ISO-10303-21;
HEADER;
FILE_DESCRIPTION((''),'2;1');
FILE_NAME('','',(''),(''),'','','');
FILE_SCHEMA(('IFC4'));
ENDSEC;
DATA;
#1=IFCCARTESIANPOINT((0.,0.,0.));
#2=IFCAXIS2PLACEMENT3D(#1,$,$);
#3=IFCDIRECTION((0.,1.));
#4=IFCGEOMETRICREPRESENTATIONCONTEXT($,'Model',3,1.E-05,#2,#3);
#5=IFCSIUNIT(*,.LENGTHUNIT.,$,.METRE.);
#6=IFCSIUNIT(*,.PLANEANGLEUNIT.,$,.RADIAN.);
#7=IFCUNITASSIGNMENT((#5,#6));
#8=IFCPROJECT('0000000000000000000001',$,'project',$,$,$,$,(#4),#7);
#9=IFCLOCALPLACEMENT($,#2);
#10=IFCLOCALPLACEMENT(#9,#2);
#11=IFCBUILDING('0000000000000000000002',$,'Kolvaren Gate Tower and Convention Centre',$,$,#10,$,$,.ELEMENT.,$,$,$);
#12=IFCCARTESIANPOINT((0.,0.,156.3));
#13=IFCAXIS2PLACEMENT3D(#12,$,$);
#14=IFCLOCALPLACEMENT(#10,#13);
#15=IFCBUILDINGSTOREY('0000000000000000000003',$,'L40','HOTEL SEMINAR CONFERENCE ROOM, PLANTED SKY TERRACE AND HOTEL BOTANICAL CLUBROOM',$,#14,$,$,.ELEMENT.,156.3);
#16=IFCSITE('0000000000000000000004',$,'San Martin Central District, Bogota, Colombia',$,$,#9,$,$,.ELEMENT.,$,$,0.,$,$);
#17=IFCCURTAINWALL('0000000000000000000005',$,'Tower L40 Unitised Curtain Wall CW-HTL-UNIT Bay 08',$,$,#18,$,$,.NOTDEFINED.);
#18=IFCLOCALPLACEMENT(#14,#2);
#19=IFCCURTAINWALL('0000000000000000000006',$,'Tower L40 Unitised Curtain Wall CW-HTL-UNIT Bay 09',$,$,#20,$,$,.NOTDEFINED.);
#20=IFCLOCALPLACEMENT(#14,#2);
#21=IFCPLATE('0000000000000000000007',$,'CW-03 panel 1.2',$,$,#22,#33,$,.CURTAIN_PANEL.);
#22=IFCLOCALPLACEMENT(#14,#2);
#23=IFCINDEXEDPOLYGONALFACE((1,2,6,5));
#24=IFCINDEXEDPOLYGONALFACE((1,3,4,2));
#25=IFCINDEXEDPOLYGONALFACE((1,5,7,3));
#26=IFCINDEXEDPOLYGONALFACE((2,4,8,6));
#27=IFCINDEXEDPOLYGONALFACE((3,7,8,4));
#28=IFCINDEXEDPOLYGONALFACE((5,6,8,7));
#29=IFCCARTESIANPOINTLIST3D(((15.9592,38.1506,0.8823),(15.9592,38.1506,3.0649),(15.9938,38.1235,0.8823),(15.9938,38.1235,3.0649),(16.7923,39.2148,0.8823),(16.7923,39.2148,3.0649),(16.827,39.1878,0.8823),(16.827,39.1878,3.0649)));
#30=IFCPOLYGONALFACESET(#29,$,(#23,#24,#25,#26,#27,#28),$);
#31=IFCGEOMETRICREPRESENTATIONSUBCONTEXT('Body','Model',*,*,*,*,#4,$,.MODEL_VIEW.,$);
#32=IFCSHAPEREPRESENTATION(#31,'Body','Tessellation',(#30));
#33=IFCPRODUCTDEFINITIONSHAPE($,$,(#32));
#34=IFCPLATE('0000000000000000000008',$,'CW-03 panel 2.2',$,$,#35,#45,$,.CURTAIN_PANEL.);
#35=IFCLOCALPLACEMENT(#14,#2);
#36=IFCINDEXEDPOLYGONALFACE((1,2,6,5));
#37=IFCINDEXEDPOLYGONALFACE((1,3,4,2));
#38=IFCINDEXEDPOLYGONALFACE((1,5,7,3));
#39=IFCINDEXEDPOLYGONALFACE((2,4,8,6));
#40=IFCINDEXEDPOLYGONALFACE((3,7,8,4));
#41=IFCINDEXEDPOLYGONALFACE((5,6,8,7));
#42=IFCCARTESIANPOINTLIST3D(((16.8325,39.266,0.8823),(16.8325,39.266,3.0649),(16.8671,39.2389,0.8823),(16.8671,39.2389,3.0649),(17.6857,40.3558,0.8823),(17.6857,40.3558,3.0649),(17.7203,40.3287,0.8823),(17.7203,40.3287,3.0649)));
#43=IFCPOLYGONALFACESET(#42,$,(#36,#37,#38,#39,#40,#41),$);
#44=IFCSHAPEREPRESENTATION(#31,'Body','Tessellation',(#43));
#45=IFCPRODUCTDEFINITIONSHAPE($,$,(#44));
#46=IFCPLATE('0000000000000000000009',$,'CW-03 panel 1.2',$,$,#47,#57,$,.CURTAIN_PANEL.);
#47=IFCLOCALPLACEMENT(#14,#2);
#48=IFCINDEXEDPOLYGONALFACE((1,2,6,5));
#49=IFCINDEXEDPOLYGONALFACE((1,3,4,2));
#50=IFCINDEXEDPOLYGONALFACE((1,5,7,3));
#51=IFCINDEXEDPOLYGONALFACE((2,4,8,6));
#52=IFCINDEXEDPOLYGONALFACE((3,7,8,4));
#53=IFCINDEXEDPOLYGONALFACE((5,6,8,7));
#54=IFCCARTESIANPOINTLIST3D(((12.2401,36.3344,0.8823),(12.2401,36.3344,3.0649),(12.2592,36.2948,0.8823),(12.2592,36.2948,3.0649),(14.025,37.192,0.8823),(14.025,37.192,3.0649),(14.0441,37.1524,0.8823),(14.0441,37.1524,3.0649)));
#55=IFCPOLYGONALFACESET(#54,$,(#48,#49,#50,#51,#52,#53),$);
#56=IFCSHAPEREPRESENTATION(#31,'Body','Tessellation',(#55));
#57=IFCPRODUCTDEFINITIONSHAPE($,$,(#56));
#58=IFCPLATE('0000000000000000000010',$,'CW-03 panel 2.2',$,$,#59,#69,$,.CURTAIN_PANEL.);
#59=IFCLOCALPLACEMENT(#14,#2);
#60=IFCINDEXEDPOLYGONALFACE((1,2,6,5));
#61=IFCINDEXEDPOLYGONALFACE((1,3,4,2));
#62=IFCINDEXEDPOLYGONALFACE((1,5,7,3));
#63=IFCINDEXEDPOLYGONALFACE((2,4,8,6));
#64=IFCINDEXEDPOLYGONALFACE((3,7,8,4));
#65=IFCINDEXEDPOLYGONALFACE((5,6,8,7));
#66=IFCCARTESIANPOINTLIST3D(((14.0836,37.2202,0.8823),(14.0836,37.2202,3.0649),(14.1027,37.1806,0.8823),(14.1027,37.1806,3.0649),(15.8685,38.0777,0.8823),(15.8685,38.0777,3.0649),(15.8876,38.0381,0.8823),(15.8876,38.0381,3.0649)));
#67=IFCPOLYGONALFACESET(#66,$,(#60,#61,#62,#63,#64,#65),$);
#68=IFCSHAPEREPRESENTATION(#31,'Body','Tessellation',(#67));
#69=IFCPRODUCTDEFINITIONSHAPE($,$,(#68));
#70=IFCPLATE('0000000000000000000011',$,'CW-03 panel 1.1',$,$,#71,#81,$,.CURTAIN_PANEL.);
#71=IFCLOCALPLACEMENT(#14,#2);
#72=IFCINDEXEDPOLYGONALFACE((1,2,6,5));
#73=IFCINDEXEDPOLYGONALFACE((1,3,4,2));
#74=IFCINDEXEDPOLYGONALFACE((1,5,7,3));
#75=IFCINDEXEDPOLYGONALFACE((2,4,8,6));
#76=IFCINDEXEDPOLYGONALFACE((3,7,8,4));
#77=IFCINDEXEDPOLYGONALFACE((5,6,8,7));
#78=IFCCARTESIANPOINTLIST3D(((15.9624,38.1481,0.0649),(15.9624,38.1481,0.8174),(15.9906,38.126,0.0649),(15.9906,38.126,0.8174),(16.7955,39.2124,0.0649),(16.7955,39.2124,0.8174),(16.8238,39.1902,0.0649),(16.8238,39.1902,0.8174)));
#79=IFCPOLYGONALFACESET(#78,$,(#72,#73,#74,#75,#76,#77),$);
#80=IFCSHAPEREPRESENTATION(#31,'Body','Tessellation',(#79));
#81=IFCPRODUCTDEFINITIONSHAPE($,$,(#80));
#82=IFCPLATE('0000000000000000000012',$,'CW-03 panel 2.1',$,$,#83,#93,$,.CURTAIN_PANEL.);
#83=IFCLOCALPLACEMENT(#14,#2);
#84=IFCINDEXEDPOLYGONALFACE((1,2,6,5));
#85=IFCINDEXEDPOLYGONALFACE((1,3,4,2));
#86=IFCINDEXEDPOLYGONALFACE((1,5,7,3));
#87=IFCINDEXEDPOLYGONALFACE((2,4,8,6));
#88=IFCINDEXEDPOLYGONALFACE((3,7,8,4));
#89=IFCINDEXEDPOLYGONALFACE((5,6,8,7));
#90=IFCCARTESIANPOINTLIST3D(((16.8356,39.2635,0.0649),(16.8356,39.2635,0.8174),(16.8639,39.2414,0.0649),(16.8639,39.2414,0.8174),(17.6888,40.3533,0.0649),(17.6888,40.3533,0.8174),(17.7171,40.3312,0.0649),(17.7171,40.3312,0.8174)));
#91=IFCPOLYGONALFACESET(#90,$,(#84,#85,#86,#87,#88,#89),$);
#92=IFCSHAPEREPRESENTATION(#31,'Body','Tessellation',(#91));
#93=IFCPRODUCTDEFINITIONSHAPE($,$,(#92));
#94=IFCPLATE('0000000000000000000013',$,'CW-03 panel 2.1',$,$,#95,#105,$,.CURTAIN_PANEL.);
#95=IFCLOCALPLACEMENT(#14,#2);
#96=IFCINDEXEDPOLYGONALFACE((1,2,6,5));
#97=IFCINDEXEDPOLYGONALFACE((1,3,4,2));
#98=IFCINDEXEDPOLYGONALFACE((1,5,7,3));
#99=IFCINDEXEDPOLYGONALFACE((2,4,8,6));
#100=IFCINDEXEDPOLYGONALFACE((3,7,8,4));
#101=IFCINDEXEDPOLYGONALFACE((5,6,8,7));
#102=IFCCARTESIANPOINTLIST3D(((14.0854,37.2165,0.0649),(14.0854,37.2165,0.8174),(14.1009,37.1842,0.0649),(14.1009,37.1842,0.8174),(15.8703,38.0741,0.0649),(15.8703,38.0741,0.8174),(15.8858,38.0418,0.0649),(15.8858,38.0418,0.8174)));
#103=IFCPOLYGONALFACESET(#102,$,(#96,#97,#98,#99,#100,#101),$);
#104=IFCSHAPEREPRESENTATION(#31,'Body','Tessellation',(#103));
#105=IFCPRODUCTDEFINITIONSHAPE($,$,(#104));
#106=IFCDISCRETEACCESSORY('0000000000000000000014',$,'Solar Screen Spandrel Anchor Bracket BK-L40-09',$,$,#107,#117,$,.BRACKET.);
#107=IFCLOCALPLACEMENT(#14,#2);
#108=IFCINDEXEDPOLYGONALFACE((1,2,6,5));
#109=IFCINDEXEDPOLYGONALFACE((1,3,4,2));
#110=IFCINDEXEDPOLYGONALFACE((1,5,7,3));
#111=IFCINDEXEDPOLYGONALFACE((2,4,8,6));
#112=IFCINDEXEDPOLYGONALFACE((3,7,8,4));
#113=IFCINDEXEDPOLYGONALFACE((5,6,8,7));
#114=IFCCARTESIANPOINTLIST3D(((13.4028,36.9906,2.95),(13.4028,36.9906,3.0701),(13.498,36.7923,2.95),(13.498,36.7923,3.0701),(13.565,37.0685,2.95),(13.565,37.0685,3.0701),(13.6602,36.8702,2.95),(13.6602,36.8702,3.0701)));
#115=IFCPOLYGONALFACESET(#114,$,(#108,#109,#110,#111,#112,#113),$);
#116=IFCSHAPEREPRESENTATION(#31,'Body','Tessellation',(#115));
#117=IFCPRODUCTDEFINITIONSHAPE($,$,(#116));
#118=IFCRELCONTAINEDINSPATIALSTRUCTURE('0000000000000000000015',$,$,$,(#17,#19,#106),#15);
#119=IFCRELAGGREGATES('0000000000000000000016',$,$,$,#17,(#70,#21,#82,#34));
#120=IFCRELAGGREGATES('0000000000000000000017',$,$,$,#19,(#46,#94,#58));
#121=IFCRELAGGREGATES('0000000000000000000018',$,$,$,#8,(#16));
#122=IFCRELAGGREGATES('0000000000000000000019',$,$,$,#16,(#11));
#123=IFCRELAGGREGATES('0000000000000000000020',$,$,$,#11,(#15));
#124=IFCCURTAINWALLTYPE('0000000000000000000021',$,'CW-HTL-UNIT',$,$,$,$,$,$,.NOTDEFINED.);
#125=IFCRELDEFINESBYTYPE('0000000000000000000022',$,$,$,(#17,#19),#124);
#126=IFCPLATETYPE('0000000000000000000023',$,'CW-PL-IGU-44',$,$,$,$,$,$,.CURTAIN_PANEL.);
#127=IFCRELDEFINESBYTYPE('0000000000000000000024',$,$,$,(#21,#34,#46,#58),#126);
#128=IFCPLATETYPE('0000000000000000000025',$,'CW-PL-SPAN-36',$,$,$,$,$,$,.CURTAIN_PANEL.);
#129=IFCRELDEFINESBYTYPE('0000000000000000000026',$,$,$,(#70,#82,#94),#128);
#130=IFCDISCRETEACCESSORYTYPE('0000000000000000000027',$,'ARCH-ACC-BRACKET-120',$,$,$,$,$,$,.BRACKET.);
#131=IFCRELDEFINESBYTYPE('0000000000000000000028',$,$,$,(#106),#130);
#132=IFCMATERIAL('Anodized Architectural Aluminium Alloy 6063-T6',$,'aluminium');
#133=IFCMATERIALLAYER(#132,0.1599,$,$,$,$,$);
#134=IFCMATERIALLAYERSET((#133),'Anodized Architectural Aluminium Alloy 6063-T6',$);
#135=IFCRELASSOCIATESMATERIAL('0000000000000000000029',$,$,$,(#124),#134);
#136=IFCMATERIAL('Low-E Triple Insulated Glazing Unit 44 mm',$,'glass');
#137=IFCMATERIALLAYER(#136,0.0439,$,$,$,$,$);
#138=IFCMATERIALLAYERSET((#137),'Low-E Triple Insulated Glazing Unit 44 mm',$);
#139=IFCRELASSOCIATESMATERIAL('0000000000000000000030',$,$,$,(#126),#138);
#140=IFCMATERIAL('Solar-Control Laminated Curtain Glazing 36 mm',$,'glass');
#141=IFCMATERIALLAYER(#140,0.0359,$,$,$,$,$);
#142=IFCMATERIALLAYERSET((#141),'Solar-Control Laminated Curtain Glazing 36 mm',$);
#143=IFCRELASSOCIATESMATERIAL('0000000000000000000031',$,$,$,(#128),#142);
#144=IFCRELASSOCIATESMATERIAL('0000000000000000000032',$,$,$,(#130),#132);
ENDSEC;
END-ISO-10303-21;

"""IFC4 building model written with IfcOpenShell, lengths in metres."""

from ifc_helpers import new_model, si_unit, direction, frame, origin, origin_2d, place, context, subcontext, project, spatial, rectangle, extrude, material, layer, layer_set, type_object, element, aggregate, save


model = new_model("IFC4")

# Units and contexts
model_context = context("Model", 3, precision=1e-05, world=origin(), true_north=direction((0.0, 1.0)))
body_context = subcontext(model_context, "Body", "Model", "MODEL_VIEW")
ifc_project = project(units=[si_unit("LENGTHUNIT", "METRE"), si_unit("PLANEANGLEUNIT", "RADIAN")], contexts=[model_context])

# Site, building, storey
site_placement = place(None, origin())
site = spatial("IfcSite", under=ifc_project, at=site_placement, Name="San Martin Central District, Bogota, Colombia", CompositionType="ELEMENT", RefElevation=0.0)
building_placement = place(site_placement, origin())
building = spatial("IfcBuilding", under=site, at=building_placement, Name="Kolvaren Gate Tower and Convention Centre", CompositionType="ELEMENT")
storey_placement = place(building_placement, frame((0.0, 0.0, 156.3)))
storey = spatial("IfcBuildingStorey", under=building, at=storey_placement, Name="L40", Description="HOTEL SEMINAR CONFERENCE ROOM, PLANTED SKY TERRACE AND HOTEL BOTANICAL CLUBROOM", CompositionType="ELEMENT", Elevation=156.3)

# Curtain walls
ifc_material_1 = material(Name="Anodized Architectural Aluminium Alloy 6063-T6", Category="aluminium")
ifc_layer_1 = layer(ifc_material_1, 0.1599)
ifc_layer_set_1 = layer_set([ifc_layer_1], Name="Anodized Architectural Aluminium Alloy 6063-T6")
curtain_wall_type = type_object("IfcCurtainWallType", Name="CW-HTL-UNIT", PredefinedType="NOTDEFINED", material=ifc_layer_set_1)
curtain_wall_1_placement = place(storey_placement, origin())
curtain_wall_1 = element("IfcCurtainWall", 1, at=curtain_wall_1_placement, inside=storey, type_object=curtain_wall_type, Name="Tower L40 Unitised Curtain Wall CW-HTL-UNIT Bay 08", PredefinedType="NOTDEFINED")
curtain_wall_2_placement = place(storey_placement, origin())
curtain_wall_2 = element("IfcCurtainWall", 2, at=curtain_wall_2_placement, inside=storey, type_object=curtain_wall_type, Name="Tower L40 Unitised Curtain Wall CW-HTL-UNIT Bay 09", PredefinedType="NOTDEFINED")

# Plates
ifc_material_2 = material(Name="Low-E Triple Insulated Glazing Unit 44 mm", Category="glass")
ifc_layer_2 = layer(ifc_material_2, 0.0439)
ifc_layer_set_2 = layer_set([ifc_layer_2], Name="Low-E Triple Insulated Glazing Unit 44 mm")
plate_type_1 = type_object("IfcPlateType", Name="CW-PL-IGU-44", PredefinedType="CURTAIN_PANEL", material=ifc_layer_set_2)
plate_1_placement = place(storey_placement, frame((16.3931, 38.6692, 0.8823), z_axis=(0.0, 0.0, 1.0), x_axis=(0.616449, 0.787395, 0.0)))
plate_1 = element("IfcPlate", 3, at=plate_1_placement, type_object=plate_type_1, Name="CW-03 panel 1.2", PredefinedType="CURTAIN_PANEL", context=body_context, shape_type="SweptSolid", body=[
    extrude(rectangle(XDim=1.3516, YDim=0.0439, at=origin_2d()), origin(), (0.0, 0.0, 1.0), 2.1826),
])
plate_2_placement = place(storey_placement, frame((17.2764, 39.7974, 0.8823), z_axis=(0.0, 0.0, 1.0), x_axis=(0.616449, 0.787395, 0.0)))
plate_2 = element("IfcPlate", 4, at=plate_2_placement, type_object=plate_type_1, Name="CW-03 panel 2.2", PredefinedType="CURTAIN_PANEL", context=body_context, shape_type="SweptSolid", body=[
    extrude(rectangle(XDim=1.384, YDim=0.0439, at=origin_2d()), origin(), (0.0, 0.0, 1.0), 2.1826),
])
plate_3_placement = place(storey_placement, frame((13.1421, 36.7434, 0.8823), z_axis=(0.0, 0.0, 1.0), x_axis=(0.901363, 0.433065, 0.0)))
plate_3 = element("IfcPlate", 5, at=plate_3_placement, type_object=plate_type_1, Name="CW-03 panel 1.2", PredefinedType="CURTAIN_PANEL", context=body_context, shape_type="SweptSolid", body=[
    extrude(rectangle(XDim=1.9802, YDim=0.0439, at=origin_2d()), origin(), (0.0, 0.0, 1.0), 2.1826),
])
plate_4_placement = place(storey_placement, frame((14.9856, 37.6292, 0.8823), z_axis=(0.0, 0.0, 1.0), x_axis=(0.901363, 0.433065, 0.0)))
plate_4 = element("IfcPlate", 6, at=plate_4_placement, type_object=plate_type_1, Name="CW-03 panel 2.2", PredefinedType="CURTAIN_PANEL", context=body_context, shape_type="SweptSolid", body=[
    extrude(rectangle(XDim=1.9802, YDim=0.0439, at=origin_2d()), origin(), (0.0, 0.0, 1.0), 2.1826),
])
ifc_material_3 = material(Name="Solar-Control Laminated Curtain Glazing 36 mm", Category="glass")
ifc_layer_3 = layer(ifc_material_3, 0.0359)
ifc_layer_set_3 = layer_set([ifc_layer_3], Name="Solar-Control Laminated Curtain Glazing 36 mm")
plate_type_2 = type_object("IfcPlateType", Name="CW-PL-SPAN-36", PredefinedType="CURTAIN_PANEL", material=ifc_layer_set_3)
plate_5_placement = place(storey_placement, frame((16.3931, 38.6692, 0.0649), z_axis=(0.0, 0.0, 1.0), x_axis=(0.616449, 0.787395, 0.0)))
plate_5 = element("IfcPlate", 7, at=plate_5_placement, type_object=plate_type_2, Name="CW-03 panel 1.1", PredefinedType="CURTAIN_PANEL", context=body_context, shape_type="SweptSolid", body=[
    extrude(rectangle(XDim=1.3516, YDim=0.0359, at=origin_2d()), origin(), (0.0, 0.0, 1.0), 0.7524),
])
plate_6_placement = place(storey_placement, frame((17.2764, 39.7974, 0.0649), z_axis=(0.0, 0.0, 1.0), x_axis=(0.616449, 0.787395, 0.0)))
plate_6 = element("IfcPlate", 8, at=plate_6_placement, type_object=plate_type_2, Name="CW-03 panel 2.1", PredefinedType="CURTAIN_PANEL", context=body_context, shape_type="SweptSolid", body=[
    extrude(rectangle(XDim=1.384, YDim=0.0359, at=origin_2d()), origin(), (0.0, 0.0, 1.0), 0.7524),
])
aggregate(curtain_wall_1, [plate_5, plate_1, plate_6, plate_2])
plate_7_placement = place(storey_placement, frame((14.9856, 37.6292, 0.0649), z_axis=(0.0, 0.0, 1.0), x_axis=(0.901363, 0.433065, 0.0)))
plate_7 = element("IfcPlate", 9, at=plate_7_placement, type_object=plate_type_2, Name="CW-03 panel 2.1", PredefinedType="CURTAIN_PANEL", context=body_context, shape_type="SweptSolid", body=[
    extrude(rectangle(XDim=1.9802, YDim=0.0359, at=origin_2d()), origin(), (0.0, 0.0, 1.0), 0.7524),
])
aggregate(curtain_wall_2, [plate_3, plate_7, plate_4])

# Discrete accessory
discrete_accessory_type = type_object("IfcDiscreteAccessoryType", Name="ARCH-ACC-BRACKET-120", PredefinedType="BRACKET", material=ifc_material_1)
discrete_accessory_placement = place(storey_placement, frame((13.5315, 36.9304, 2.95), z_axis=(0.0, 0.0, 1.0), x_axis=(0.901358, 0.433074, 0.0)))
element("IfcDiscreteAccessory", 10, at=discrete_accessory_placement, inside=storey, type_object=discrete_accessory_type, Name="Solar Screen Spandrel Anchor Bracket BK-L40-09", PredefinedType="BRACKET", context=body_context, shape_type="SweptSolid", body=[
    extrude(rectangle(XDim=0.1799, YDim=0.22, at=origin_2d()), origin(), (0.0, 0.0, 1.0), 0.1201),
])

save(model, "model.ifc")
